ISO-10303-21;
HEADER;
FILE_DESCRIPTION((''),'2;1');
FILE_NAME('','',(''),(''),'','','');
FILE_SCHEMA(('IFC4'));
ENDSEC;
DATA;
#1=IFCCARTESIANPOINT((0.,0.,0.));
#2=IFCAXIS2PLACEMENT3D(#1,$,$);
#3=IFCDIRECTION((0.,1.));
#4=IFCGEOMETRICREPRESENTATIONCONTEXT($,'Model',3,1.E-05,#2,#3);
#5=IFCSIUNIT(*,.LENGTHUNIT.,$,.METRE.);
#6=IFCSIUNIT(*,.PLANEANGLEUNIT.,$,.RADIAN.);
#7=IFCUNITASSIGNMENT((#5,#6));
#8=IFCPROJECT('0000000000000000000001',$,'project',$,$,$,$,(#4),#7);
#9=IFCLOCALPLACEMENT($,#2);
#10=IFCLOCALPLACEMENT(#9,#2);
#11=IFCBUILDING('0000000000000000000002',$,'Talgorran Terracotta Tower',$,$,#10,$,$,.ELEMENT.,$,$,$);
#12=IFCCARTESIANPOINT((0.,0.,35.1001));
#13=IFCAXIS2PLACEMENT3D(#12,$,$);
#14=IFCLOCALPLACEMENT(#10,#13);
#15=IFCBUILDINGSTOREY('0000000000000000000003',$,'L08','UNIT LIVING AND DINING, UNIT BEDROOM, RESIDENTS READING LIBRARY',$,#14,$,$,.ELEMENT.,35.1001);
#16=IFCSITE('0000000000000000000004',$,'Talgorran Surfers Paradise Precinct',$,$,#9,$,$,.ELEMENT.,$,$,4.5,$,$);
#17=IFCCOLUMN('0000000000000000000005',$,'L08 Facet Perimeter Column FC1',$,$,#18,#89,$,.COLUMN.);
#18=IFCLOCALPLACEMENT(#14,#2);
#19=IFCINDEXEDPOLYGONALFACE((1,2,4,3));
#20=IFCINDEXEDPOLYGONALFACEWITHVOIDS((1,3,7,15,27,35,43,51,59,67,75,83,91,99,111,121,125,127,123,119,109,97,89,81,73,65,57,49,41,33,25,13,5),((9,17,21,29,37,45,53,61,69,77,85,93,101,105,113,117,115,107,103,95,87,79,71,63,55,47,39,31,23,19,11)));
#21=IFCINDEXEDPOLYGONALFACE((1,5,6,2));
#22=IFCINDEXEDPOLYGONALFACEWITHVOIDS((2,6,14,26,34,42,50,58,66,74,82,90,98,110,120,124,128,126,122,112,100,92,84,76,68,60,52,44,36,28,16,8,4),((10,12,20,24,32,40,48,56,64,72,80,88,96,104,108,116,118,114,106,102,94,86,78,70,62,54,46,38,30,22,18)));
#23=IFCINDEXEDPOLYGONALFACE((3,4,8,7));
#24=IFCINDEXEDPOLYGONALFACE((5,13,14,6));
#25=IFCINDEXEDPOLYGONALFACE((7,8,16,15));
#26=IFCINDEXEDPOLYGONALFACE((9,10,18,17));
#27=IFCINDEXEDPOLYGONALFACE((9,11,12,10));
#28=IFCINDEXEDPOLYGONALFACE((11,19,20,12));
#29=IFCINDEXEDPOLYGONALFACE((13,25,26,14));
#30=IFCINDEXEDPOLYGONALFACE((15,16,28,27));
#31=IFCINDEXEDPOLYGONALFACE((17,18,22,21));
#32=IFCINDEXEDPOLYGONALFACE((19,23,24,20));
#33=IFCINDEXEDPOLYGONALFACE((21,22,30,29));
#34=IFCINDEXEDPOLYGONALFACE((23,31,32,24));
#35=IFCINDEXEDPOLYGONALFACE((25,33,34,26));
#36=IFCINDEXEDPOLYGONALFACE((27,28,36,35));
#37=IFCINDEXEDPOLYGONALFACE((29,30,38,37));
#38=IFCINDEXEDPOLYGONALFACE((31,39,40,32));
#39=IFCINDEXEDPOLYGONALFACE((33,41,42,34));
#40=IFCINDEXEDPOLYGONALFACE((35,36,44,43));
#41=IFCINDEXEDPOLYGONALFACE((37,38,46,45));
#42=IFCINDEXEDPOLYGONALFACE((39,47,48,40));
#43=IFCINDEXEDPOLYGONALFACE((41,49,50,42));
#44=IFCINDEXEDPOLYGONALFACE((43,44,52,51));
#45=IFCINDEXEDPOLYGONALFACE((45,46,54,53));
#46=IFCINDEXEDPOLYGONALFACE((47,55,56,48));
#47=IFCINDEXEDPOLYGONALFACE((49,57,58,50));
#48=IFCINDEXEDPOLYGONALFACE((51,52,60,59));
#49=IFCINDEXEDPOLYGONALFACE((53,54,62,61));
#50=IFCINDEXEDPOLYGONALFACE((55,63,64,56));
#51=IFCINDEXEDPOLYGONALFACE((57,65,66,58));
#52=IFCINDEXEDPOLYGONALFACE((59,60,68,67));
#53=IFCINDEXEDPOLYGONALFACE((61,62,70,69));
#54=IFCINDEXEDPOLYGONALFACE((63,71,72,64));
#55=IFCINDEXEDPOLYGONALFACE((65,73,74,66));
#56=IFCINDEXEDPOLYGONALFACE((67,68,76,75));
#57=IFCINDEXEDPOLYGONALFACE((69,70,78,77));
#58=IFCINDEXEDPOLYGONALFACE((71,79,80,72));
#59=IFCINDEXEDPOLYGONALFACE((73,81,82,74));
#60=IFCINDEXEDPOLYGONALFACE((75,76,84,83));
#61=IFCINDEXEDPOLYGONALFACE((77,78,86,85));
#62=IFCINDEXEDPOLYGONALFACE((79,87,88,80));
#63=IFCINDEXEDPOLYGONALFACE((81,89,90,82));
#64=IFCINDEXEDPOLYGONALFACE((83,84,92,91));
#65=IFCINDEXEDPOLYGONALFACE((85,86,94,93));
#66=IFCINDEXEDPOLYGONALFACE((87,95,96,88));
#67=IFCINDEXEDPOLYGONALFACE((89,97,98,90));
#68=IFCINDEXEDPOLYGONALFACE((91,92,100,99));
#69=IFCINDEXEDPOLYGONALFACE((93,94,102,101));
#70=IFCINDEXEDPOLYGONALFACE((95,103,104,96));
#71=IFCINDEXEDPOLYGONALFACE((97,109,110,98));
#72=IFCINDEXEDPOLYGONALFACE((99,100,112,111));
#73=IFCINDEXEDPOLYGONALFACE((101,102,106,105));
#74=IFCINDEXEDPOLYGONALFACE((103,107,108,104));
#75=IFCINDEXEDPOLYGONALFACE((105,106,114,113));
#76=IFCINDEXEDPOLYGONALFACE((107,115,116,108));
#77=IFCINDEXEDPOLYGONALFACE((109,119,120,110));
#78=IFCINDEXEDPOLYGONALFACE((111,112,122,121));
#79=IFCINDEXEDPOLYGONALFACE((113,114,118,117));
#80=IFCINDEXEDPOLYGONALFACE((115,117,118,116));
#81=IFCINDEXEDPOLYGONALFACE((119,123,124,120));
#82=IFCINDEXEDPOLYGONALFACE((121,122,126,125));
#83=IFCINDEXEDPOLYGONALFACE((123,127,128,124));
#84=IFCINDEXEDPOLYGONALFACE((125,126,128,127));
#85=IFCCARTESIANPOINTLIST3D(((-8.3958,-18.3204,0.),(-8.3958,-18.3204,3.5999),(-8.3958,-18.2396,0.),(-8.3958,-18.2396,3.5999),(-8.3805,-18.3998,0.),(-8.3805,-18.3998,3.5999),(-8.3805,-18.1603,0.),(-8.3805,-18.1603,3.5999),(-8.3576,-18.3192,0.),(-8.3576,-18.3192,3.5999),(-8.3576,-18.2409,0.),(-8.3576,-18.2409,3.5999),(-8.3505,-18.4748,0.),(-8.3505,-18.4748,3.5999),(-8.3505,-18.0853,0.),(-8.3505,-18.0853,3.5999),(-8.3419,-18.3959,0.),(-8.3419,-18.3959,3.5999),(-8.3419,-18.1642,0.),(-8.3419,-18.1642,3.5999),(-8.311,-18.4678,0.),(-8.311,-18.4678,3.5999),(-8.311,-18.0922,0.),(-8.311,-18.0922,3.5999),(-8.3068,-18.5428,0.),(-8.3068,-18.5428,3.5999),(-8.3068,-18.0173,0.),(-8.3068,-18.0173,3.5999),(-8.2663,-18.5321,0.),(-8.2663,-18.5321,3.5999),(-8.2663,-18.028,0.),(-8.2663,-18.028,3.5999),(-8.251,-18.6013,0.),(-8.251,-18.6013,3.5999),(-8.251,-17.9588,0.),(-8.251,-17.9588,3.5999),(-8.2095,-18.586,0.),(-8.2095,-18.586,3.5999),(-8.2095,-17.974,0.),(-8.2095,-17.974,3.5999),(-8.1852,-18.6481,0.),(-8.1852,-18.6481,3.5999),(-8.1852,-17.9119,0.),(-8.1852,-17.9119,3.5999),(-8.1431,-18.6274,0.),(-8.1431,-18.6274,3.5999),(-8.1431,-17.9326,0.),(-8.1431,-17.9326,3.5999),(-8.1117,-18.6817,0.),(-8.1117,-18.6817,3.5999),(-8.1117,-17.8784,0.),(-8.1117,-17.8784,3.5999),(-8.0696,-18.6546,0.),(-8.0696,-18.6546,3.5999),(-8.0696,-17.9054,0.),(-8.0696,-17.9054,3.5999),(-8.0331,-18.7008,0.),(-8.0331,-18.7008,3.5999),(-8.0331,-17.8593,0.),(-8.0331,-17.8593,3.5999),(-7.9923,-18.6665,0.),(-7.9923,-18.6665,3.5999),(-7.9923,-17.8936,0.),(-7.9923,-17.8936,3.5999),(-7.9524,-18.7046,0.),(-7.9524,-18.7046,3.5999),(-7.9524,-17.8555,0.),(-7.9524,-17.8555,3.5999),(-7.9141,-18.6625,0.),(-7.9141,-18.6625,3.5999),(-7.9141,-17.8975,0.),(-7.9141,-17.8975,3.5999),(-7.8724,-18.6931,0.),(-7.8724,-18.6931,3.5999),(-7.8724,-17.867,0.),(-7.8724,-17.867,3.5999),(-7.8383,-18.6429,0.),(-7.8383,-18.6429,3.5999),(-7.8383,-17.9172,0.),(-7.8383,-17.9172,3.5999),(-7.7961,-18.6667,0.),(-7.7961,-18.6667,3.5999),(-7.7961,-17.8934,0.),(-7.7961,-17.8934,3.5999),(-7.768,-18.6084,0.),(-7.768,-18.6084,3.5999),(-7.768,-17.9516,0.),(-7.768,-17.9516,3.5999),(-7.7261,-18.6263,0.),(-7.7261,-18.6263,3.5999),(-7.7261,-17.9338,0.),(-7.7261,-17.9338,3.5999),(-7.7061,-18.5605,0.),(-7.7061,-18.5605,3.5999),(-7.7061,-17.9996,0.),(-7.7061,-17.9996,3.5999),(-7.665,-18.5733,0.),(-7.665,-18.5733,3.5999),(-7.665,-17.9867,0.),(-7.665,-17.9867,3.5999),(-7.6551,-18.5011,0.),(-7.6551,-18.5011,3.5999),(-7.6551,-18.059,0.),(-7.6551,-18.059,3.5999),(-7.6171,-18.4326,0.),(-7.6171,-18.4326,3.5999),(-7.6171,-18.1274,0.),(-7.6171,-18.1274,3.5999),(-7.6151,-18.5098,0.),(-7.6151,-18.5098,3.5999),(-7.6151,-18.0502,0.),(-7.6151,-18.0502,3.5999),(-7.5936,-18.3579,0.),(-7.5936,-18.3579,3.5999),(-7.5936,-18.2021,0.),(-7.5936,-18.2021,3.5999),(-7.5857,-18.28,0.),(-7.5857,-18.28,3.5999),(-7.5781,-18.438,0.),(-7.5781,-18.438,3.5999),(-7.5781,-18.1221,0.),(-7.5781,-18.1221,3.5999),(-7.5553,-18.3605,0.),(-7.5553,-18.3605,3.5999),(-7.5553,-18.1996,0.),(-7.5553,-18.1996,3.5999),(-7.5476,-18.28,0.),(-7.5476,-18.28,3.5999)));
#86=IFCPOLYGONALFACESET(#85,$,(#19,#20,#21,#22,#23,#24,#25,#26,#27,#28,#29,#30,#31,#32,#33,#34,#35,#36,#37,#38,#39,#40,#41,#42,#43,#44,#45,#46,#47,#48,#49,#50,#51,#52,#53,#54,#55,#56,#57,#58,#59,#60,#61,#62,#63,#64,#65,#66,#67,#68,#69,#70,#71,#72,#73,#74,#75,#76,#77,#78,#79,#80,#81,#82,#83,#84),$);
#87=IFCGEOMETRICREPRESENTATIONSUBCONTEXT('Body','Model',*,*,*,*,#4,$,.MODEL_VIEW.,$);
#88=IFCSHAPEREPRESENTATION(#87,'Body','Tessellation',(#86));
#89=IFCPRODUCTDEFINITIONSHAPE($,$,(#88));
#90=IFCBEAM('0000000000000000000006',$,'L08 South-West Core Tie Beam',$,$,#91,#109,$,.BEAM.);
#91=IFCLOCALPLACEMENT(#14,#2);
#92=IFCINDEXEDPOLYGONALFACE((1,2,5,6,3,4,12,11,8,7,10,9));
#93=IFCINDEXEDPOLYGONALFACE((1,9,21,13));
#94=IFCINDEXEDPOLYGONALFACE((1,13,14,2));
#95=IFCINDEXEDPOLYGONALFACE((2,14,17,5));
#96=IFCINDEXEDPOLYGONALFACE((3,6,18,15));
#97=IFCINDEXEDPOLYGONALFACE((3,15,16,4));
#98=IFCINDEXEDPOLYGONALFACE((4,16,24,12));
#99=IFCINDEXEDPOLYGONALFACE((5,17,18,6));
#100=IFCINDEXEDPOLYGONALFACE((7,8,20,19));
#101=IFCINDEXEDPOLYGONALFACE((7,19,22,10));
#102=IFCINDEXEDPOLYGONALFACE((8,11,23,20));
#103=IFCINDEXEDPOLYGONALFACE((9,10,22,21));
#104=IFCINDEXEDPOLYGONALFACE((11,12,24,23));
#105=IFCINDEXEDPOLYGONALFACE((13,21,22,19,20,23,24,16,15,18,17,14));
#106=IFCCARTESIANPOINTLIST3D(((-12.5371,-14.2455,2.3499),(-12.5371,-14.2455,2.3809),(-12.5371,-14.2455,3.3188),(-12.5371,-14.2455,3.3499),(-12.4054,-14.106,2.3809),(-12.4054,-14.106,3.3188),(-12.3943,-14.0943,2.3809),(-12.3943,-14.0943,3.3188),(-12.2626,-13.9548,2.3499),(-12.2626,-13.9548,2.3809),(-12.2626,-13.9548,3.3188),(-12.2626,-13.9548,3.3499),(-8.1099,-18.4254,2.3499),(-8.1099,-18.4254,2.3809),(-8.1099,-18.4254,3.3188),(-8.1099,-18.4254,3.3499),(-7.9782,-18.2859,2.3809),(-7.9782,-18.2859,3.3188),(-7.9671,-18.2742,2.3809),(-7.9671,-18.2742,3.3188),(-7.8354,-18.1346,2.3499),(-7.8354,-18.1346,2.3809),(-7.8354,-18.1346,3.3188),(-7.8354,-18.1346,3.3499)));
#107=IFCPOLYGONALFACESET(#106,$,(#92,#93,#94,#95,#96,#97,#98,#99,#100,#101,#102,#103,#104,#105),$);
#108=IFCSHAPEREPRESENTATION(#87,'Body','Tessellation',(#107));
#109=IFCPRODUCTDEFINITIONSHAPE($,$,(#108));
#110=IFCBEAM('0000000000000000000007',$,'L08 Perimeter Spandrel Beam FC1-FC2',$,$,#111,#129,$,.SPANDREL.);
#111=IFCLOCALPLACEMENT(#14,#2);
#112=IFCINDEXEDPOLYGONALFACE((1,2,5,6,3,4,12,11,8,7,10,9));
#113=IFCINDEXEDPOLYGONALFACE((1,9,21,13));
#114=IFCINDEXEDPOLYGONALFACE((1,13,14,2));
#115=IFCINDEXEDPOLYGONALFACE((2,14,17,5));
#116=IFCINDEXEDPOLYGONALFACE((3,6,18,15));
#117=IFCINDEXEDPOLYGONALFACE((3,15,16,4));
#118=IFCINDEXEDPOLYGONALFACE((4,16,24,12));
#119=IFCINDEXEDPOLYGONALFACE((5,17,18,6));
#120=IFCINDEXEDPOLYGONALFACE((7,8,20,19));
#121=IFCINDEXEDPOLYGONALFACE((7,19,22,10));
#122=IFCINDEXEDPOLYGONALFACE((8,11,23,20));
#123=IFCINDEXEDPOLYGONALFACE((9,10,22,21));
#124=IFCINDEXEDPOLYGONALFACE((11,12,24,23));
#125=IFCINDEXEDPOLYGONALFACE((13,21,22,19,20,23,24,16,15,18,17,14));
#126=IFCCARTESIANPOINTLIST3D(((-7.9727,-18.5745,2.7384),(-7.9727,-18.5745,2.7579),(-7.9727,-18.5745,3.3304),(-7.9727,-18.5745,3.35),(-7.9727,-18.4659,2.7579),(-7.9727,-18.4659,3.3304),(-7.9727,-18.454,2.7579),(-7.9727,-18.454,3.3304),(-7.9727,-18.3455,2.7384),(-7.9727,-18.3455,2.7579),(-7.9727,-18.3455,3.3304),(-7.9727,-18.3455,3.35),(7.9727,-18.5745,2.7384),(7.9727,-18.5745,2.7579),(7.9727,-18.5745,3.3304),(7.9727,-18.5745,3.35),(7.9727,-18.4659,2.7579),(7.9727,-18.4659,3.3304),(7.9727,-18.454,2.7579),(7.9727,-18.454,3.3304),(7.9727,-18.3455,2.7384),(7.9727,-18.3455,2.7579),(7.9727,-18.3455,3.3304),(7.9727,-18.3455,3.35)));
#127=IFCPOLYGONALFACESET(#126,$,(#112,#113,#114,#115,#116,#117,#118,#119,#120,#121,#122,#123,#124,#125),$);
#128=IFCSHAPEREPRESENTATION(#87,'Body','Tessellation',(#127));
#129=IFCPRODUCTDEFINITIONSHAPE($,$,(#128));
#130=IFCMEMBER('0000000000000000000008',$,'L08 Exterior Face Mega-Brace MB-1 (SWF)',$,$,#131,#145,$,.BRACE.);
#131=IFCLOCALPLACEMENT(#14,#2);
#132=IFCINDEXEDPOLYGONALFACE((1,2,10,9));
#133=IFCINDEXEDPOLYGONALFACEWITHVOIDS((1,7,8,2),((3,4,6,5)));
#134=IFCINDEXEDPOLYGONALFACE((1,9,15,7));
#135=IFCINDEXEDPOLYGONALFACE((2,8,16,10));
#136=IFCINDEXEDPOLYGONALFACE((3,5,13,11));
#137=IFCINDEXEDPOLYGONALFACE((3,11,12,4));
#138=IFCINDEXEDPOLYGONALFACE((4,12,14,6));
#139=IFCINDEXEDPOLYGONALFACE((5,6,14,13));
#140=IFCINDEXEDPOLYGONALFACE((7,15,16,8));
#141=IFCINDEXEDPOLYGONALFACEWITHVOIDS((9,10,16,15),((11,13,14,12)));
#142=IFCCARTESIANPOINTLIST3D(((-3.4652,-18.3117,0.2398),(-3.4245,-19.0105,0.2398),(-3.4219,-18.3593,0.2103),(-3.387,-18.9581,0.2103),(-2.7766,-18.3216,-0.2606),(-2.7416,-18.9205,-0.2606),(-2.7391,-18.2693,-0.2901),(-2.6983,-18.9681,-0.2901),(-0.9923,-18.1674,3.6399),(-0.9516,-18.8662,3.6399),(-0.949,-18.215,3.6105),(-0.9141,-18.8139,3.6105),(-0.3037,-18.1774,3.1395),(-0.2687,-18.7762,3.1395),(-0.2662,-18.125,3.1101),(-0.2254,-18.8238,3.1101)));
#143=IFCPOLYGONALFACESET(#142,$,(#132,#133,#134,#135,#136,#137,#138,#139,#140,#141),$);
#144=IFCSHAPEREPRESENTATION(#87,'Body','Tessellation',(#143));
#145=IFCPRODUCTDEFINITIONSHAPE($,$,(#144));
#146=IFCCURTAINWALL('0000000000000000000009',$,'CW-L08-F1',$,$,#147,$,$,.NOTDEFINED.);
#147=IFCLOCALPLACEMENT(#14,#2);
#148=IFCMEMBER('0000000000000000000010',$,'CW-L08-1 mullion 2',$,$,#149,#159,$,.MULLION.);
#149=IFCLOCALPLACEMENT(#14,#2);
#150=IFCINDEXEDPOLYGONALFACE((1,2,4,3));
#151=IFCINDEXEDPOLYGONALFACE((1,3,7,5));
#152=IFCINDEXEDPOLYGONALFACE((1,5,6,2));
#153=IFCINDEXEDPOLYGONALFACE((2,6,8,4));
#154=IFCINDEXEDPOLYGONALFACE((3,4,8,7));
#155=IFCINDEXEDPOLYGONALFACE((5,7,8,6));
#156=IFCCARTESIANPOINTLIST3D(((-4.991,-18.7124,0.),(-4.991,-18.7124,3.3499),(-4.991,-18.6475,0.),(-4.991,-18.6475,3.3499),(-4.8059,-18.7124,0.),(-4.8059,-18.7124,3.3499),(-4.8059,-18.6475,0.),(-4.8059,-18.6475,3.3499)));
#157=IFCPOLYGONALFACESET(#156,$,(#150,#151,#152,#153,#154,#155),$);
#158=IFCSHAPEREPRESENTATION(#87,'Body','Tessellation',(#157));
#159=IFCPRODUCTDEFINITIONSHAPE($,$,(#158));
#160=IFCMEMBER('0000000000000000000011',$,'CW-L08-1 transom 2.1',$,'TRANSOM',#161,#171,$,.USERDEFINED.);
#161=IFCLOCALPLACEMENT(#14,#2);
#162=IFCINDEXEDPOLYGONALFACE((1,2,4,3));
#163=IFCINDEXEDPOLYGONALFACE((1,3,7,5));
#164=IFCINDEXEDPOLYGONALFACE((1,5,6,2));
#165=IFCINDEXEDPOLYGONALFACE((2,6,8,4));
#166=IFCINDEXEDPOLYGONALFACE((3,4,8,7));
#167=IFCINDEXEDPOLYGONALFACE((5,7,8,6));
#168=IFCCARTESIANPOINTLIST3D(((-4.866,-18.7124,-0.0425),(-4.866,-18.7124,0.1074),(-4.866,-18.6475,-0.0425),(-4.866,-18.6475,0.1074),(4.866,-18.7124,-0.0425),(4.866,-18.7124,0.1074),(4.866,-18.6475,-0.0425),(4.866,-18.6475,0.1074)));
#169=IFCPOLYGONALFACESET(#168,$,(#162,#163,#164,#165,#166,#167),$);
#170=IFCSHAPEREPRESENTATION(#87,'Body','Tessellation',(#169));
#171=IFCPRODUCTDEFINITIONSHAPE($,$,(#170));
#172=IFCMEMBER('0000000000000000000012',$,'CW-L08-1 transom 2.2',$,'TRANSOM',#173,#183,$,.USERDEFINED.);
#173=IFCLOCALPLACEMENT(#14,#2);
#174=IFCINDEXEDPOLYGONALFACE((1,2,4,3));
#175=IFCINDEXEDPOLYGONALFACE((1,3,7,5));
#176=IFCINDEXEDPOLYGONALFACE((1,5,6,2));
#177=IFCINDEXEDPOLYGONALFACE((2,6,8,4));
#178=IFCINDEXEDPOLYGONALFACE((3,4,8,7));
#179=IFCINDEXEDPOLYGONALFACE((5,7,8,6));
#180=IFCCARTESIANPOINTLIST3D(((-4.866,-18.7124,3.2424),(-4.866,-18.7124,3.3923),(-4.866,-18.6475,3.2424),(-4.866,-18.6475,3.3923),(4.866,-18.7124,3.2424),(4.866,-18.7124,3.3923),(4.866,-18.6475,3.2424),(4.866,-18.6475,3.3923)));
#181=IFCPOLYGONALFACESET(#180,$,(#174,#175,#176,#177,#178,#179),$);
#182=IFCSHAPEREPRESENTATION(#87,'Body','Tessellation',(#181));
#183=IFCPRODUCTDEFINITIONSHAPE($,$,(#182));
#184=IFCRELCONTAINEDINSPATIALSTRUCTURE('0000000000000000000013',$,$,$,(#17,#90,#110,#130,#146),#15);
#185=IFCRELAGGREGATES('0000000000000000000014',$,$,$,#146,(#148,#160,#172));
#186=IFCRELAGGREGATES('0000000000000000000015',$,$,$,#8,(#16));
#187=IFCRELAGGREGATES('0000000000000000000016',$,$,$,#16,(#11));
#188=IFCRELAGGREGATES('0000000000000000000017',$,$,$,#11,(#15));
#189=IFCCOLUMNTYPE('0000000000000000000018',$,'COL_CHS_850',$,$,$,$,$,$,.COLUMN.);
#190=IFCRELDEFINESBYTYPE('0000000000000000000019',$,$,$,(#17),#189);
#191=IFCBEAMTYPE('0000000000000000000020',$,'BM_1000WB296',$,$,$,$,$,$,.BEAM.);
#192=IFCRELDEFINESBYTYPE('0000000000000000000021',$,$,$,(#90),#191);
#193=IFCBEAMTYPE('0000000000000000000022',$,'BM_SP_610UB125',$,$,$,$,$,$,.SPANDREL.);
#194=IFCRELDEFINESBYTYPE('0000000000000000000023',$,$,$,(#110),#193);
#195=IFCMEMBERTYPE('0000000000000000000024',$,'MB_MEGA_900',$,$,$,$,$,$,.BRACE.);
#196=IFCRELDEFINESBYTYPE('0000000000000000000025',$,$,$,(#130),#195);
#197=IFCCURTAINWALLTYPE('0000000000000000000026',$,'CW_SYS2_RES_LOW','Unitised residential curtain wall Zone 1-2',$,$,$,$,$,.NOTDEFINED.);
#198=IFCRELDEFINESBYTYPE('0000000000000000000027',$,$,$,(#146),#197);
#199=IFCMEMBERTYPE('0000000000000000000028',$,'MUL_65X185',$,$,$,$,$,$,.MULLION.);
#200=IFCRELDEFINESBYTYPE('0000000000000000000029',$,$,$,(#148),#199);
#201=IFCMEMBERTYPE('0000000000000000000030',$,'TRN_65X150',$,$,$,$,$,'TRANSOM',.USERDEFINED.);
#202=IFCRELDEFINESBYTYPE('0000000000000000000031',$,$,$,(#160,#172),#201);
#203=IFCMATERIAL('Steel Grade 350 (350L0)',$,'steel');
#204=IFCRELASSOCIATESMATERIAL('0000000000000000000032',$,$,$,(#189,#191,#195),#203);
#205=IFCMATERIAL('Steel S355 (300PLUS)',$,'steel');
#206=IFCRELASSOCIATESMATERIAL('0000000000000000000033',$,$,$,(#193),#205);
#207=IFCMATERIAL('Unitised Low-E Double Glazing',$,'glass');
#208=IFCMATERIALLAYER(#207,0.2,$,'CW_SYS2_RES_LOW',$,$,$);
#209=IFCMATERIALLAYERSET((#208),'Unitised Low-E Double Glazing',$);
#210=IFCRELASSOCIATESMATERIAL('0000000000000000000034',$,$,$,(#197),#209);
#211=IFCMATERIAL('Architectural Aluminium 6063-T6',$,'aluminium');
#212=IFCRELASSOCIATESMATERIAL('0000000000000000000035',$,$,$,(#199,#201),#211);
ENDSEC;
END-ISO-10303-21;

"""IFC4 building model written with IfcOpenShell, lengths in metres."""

from ifc_helpers import new_model, si_unit, direction, frame, origin, origin_2d, place, context, subcontext, project, spatial, rectangle, hollow_rectangle, hollow_circle, i_section, extrude, material, layer, layer_set, material_profile, profile_set, type_object, element, aggregate, save


model = new_model("IFC4")

# Units and contexts
model_context = context("Model", 3, precision=1e-05, world=origin(), true_north=direction((0.0, 1.0)))
body_context = subcontext(model_context, "Body", "Model", "MODEL_VIEW")
ifc_project = project(units=[si_unit("LENGTHUNIT", "METRE"), si_unit("PLANEANGLEUNIT", "RADIAN")], contexts=[model_context])

# Site, building, storey
site_placement = place(None, origin())
site = spatial("IfcSite", under=ifc_project, at=site_placement, Name="Talgorran Surfers Paradise Precinct", CompositionType="ELEMENT", RefElevation=4.5)
building_placement = place(site_placement, origin())
building = spatial("IfcBuilding", under=site, at=building_placement, Name="Talgorran Terracotta Tower", CompositionType="ELEMENT")
storey_placement = place(building_placement, frame((0.0, 0.0, 35.1001)))
storey = spatial("IfcBuildingStorey", under=building, at=storey_placement, Name="L08", Description="UNIT LIVING AND DINING, UNIT BEDROOM, RESIDENTS READING LIBRARY", CompositionType="ELEMENT", Elevation=35.1001)

# Column
ifc_material_1 = material(Name="Steel Grade 350 (350L0)", Category="steel")
ifc_material_profile_1 = material_profile(ifc_material_1, hollow_circle(Radius=0.425, WallThickness=0.0381, at=origin_2d()), Name="CHS850X38")
ifc_profile_set_1 = profile_set([ifc_material_profile_1], Name="Steel Grade 350 (350L0)")
column_type = type_object("IfcColumnType", Name="COL_CHS_850", PredefinedType="COLUMN", material=ifc_profile_set_1)
column_placement = place(storey_placement, frame((-7.9727, -18.28, 0.0), z_axis=(0.0, 0.0, 1.0), x_axis=(1.0, 0.0, 0.0)))
element("IfcColumn", 1, at=column_placement, inside=storey, type_object=column_type, Name="L08 Facet Perimeter Column FC1", PredefinedType="COLUMN", context=body_context, shape_type="SweptSolid", body=[
    extrude(hollow_circle(Radius=0.425, WallThickness=0.0381, at=origin_2d()), origin(), (0.0, 0.0, 1.0), 3.5999),
])

# Beams
ifc_material_profile_2 = material_profile(ifc_material_1, i_section(OverallWidth=0.3999, OverallDepth=1.0, WebThickness=0.0161, FlangeThickness=0.031, at=origin_2d()), Name="1000WB296")
ifc_profile_set_2 = profile_set([ifc_material_profile_2], Name="Steel Grade 350 (350L0)")
beam_type_1 = type_object("IfcBeamType", Name="BM_1000WB296", PredefinedType="BEAM", material=ifc_profile_set_2)
beam_1_placement = place(storey_placement, frame((-7.9727, -18.28, 2.8499), z_axis=(-0.727124, 0.686506, 0.0), x_axis=(-0.686506, -0.727124, 0.0)))
element("IfcBeam", 2, at=beam_1_placement, inside=storey, type_object=beam_type_1, Name="L08 South-West Core Tie Beam", PredefinedType="BEAM", context=body_context, shape_type="SweptSolid", body=[
    extrude(i_section(OverallWidth=0.3999, OverallDepth=1.0, WebThickness=0.0161, FlangeThickness=0.031, at=origin_2d()), origin(), (0.0, 0.0, 1.0), 6.0886),
])
ifc_material_2 = material(Name="Steel S355 (300PLUS)", Category="steel")
ifc_material_profile_3 = material_profile(ifc_material_2, i_section(OverallWidth=0.229, OverallDepth=0.6116, WebThickness=0.012, FlangeThickness=0.0195, at=origin_2d()), Name="610UB125")
ifc_profile_set_3 = profile_set([ifc_material_profile_3], Name="Steel S355 (300PLUS)")
beam_type_2 = type_object("IfcBeamType", Name="BM_SP_610UB125", PredefinedType="SPANDREL", material=ifc_profile_set_3)
beam_2_placement = place(storey_placement, frame((-7.9727, -18.46, 3.0442), z_axis=(1.0, 0.0, 0.0), x_axis=(0.0, 1.0, 0.0)))
element("IfcBeam", 3, at=beam_2_placement, inside=storey, type_object=beam_type_2, Name="L08 Perimeter Spandrel Beam FC1-FC2", PredefinedType="SPANDREL", context=body_context, shape_type="SweptSolid", body=[
    extrude(i_section(OverallWidth=0.229, OverallDepth=0.6116, WebThickness=0.012, FlangeThickness=0.0195, at=origin_2d()), origin(), (0.0, 0.0, 1.0), 15.9453),
])

# Member
ifc_material_profile_4 = material_profile(ifc_material_1, hollow_rectangle(XDim=0.7, YDim=0.8999, WallThickness=0.05, at=origin_2d()), Name="WBOX900X700X50")
ifc_profile_set_4 = profile_set([ifc_material_profile_4], Name="Steel Grade 350 (350L0)")
member_type_1 = type_object("IfcMemberType", Name="MB_MEGA_900", PredefinedType="BRACE", material=ifc_profile_set_4)
member_1_placement = place(storey_placement, frame((-3.0818, -18.6399, -0.0251), z_axis=(0.587836, 0.034299, 0.808253), x_axis=(-0.058248, 0.998302, 0.0)))
element("IfcMember", 4, at=member_1_placement, inside=storey, type_object=member_type_1, Name="L08 Exterior Face Mega-Brace MB-1 (SWF)", PredefinedType="BRACE", context=body_context, shape_type="SweptSolid", body=[
    extrude(hollow_rectangle(XDim=0.7, YDim=0.8999, WallThickness=0.05, at=origin_2d()), origin(), (0.0, 0.0, 1.0), 4.2068),
])

# Curtain wall, members
ifc_material_3 = material(Name="Unitised Low-E Double Glazing", Category="glass")
ifc_layer_1 = layer(ifc_material_3, 0.2, Name="CW_SYS2_RES_LOW")
ifc_layer_set_1 = layer_set([ifc_layer_1], Name="Unitised Low-E Double Glazing")
curtain_wall_type = type_object("IfcCurtainWallType", Name="CW_SYS2_RES_LOW", Description="Unitised residential curtain wall Zone 1-2", PredefinedType="NOTDEFINED", material=ifc_layer_set_1)
curtain_wall_placement = place(storey_placement, origin())
curtain_wall = element("IfcCurtainWall", 5, at=curtain_wall_placement, inside=storey, type_object=curtain_wall_type, Name="CW-L08-F1", PredefinedType="NOTDEFINED")
ifc_material_4 = material(Name="Architectural Aluminium 6063-T6", Category="aluminium")
ifc_material_profile_5 = material_profile(ifc_material_4, rectangle(XDim=0.0649, YDim=0.1851, at=origin_2d()), Name="CWM65X185")
ifc_profile_set_5 = profile_set([ifc_material_profile_5], Name="Architectural Aluminium 6063-T6")
member_type_2 = type_object("IfcMemberType", Name="MUL_65X185", PredefinedType="MULLION", material=ifc_profile_set_5)
member_2_placement = place(storey_placement, frame((-4.8984, -18.6799, 0.0), z_axis=(0.0, 0.0, 1.0), x_axis=(0.0, 1.0, 0.0)))
member_2 = element("IfcMember", 6, at=member_2_placement, type_object=member_type_2, Name="CW-L08-1 mullion 2", PredefinedType="MULLION", context=body_context, shape_type="SweptSolid", body=[
    extrude(rectangle(XDim=0.0649, YDim=0.1851, at=origin_2d()), origin(), (0.0, 0.0, 1.0), 3.3499),
])
ifc_material_profile_6 = material_profile(ifc_material_4, rectangle(XDim=0.0649, YDim=0.1499, at=origin_2d()), Name="CWT65X150")
ifc_profile_set_6 = profile_set([ifc_material_profile_6], Name="Architectural Aluminium 6063-T6")
member_type_3 = type_object("IfcMemberType", Name="TRN_65X150", ElementType="TRANSOM", PredefinedType="USERDEFINED", material=ifc_profile_set_6)
member_3_placement = place(storey_placement, frame((-4.866, -18.6799, 0.0325), z_axis=(1.0, 0.0, 0.0), x_axis=(0.0, 1.0, 0.0)))
member_3 = element("IfcMember", 7, at=member_3_placement, type_object=member_type_3, Name="CW-L08-1 transom 2.1", ObjectType="TRANSOM", PredefinedType="USERDEFINED", context=body_context, shape_type="SweptSolid", body=[
    extrude(rectangle(XDim=0.0649, YDim=0.1499, at=origin_2d()), origin(), (0.0, 0.0, 1.0), 9.7319),
])
member_4_placement = place(storey_placement, frame((-4.866, -18.6799, 3.3174), z_axis=(1.0, 0.0, 0.0), x_axis=(0.0, 1.0, 0.0)))
member_4 = element("IfcMember", 8, at=member_4_placement, type_object=member_type_3, Name="CW-L08-1 transom 2.2", ObjectType="TRANSOM", PredefinedType="USERDEFINED", context=body_context, shape_type="SweptSolid", body=[
    extrude(rectangle(XDim=0.0649, YDim=0.1499, at=origin_2d()), origin(), (0.0, 0.0, 1.0), 9.7319),
])

aggregate(curtain_wall, [member_2, member_3, member_4])

save(model, "model.ifc")
